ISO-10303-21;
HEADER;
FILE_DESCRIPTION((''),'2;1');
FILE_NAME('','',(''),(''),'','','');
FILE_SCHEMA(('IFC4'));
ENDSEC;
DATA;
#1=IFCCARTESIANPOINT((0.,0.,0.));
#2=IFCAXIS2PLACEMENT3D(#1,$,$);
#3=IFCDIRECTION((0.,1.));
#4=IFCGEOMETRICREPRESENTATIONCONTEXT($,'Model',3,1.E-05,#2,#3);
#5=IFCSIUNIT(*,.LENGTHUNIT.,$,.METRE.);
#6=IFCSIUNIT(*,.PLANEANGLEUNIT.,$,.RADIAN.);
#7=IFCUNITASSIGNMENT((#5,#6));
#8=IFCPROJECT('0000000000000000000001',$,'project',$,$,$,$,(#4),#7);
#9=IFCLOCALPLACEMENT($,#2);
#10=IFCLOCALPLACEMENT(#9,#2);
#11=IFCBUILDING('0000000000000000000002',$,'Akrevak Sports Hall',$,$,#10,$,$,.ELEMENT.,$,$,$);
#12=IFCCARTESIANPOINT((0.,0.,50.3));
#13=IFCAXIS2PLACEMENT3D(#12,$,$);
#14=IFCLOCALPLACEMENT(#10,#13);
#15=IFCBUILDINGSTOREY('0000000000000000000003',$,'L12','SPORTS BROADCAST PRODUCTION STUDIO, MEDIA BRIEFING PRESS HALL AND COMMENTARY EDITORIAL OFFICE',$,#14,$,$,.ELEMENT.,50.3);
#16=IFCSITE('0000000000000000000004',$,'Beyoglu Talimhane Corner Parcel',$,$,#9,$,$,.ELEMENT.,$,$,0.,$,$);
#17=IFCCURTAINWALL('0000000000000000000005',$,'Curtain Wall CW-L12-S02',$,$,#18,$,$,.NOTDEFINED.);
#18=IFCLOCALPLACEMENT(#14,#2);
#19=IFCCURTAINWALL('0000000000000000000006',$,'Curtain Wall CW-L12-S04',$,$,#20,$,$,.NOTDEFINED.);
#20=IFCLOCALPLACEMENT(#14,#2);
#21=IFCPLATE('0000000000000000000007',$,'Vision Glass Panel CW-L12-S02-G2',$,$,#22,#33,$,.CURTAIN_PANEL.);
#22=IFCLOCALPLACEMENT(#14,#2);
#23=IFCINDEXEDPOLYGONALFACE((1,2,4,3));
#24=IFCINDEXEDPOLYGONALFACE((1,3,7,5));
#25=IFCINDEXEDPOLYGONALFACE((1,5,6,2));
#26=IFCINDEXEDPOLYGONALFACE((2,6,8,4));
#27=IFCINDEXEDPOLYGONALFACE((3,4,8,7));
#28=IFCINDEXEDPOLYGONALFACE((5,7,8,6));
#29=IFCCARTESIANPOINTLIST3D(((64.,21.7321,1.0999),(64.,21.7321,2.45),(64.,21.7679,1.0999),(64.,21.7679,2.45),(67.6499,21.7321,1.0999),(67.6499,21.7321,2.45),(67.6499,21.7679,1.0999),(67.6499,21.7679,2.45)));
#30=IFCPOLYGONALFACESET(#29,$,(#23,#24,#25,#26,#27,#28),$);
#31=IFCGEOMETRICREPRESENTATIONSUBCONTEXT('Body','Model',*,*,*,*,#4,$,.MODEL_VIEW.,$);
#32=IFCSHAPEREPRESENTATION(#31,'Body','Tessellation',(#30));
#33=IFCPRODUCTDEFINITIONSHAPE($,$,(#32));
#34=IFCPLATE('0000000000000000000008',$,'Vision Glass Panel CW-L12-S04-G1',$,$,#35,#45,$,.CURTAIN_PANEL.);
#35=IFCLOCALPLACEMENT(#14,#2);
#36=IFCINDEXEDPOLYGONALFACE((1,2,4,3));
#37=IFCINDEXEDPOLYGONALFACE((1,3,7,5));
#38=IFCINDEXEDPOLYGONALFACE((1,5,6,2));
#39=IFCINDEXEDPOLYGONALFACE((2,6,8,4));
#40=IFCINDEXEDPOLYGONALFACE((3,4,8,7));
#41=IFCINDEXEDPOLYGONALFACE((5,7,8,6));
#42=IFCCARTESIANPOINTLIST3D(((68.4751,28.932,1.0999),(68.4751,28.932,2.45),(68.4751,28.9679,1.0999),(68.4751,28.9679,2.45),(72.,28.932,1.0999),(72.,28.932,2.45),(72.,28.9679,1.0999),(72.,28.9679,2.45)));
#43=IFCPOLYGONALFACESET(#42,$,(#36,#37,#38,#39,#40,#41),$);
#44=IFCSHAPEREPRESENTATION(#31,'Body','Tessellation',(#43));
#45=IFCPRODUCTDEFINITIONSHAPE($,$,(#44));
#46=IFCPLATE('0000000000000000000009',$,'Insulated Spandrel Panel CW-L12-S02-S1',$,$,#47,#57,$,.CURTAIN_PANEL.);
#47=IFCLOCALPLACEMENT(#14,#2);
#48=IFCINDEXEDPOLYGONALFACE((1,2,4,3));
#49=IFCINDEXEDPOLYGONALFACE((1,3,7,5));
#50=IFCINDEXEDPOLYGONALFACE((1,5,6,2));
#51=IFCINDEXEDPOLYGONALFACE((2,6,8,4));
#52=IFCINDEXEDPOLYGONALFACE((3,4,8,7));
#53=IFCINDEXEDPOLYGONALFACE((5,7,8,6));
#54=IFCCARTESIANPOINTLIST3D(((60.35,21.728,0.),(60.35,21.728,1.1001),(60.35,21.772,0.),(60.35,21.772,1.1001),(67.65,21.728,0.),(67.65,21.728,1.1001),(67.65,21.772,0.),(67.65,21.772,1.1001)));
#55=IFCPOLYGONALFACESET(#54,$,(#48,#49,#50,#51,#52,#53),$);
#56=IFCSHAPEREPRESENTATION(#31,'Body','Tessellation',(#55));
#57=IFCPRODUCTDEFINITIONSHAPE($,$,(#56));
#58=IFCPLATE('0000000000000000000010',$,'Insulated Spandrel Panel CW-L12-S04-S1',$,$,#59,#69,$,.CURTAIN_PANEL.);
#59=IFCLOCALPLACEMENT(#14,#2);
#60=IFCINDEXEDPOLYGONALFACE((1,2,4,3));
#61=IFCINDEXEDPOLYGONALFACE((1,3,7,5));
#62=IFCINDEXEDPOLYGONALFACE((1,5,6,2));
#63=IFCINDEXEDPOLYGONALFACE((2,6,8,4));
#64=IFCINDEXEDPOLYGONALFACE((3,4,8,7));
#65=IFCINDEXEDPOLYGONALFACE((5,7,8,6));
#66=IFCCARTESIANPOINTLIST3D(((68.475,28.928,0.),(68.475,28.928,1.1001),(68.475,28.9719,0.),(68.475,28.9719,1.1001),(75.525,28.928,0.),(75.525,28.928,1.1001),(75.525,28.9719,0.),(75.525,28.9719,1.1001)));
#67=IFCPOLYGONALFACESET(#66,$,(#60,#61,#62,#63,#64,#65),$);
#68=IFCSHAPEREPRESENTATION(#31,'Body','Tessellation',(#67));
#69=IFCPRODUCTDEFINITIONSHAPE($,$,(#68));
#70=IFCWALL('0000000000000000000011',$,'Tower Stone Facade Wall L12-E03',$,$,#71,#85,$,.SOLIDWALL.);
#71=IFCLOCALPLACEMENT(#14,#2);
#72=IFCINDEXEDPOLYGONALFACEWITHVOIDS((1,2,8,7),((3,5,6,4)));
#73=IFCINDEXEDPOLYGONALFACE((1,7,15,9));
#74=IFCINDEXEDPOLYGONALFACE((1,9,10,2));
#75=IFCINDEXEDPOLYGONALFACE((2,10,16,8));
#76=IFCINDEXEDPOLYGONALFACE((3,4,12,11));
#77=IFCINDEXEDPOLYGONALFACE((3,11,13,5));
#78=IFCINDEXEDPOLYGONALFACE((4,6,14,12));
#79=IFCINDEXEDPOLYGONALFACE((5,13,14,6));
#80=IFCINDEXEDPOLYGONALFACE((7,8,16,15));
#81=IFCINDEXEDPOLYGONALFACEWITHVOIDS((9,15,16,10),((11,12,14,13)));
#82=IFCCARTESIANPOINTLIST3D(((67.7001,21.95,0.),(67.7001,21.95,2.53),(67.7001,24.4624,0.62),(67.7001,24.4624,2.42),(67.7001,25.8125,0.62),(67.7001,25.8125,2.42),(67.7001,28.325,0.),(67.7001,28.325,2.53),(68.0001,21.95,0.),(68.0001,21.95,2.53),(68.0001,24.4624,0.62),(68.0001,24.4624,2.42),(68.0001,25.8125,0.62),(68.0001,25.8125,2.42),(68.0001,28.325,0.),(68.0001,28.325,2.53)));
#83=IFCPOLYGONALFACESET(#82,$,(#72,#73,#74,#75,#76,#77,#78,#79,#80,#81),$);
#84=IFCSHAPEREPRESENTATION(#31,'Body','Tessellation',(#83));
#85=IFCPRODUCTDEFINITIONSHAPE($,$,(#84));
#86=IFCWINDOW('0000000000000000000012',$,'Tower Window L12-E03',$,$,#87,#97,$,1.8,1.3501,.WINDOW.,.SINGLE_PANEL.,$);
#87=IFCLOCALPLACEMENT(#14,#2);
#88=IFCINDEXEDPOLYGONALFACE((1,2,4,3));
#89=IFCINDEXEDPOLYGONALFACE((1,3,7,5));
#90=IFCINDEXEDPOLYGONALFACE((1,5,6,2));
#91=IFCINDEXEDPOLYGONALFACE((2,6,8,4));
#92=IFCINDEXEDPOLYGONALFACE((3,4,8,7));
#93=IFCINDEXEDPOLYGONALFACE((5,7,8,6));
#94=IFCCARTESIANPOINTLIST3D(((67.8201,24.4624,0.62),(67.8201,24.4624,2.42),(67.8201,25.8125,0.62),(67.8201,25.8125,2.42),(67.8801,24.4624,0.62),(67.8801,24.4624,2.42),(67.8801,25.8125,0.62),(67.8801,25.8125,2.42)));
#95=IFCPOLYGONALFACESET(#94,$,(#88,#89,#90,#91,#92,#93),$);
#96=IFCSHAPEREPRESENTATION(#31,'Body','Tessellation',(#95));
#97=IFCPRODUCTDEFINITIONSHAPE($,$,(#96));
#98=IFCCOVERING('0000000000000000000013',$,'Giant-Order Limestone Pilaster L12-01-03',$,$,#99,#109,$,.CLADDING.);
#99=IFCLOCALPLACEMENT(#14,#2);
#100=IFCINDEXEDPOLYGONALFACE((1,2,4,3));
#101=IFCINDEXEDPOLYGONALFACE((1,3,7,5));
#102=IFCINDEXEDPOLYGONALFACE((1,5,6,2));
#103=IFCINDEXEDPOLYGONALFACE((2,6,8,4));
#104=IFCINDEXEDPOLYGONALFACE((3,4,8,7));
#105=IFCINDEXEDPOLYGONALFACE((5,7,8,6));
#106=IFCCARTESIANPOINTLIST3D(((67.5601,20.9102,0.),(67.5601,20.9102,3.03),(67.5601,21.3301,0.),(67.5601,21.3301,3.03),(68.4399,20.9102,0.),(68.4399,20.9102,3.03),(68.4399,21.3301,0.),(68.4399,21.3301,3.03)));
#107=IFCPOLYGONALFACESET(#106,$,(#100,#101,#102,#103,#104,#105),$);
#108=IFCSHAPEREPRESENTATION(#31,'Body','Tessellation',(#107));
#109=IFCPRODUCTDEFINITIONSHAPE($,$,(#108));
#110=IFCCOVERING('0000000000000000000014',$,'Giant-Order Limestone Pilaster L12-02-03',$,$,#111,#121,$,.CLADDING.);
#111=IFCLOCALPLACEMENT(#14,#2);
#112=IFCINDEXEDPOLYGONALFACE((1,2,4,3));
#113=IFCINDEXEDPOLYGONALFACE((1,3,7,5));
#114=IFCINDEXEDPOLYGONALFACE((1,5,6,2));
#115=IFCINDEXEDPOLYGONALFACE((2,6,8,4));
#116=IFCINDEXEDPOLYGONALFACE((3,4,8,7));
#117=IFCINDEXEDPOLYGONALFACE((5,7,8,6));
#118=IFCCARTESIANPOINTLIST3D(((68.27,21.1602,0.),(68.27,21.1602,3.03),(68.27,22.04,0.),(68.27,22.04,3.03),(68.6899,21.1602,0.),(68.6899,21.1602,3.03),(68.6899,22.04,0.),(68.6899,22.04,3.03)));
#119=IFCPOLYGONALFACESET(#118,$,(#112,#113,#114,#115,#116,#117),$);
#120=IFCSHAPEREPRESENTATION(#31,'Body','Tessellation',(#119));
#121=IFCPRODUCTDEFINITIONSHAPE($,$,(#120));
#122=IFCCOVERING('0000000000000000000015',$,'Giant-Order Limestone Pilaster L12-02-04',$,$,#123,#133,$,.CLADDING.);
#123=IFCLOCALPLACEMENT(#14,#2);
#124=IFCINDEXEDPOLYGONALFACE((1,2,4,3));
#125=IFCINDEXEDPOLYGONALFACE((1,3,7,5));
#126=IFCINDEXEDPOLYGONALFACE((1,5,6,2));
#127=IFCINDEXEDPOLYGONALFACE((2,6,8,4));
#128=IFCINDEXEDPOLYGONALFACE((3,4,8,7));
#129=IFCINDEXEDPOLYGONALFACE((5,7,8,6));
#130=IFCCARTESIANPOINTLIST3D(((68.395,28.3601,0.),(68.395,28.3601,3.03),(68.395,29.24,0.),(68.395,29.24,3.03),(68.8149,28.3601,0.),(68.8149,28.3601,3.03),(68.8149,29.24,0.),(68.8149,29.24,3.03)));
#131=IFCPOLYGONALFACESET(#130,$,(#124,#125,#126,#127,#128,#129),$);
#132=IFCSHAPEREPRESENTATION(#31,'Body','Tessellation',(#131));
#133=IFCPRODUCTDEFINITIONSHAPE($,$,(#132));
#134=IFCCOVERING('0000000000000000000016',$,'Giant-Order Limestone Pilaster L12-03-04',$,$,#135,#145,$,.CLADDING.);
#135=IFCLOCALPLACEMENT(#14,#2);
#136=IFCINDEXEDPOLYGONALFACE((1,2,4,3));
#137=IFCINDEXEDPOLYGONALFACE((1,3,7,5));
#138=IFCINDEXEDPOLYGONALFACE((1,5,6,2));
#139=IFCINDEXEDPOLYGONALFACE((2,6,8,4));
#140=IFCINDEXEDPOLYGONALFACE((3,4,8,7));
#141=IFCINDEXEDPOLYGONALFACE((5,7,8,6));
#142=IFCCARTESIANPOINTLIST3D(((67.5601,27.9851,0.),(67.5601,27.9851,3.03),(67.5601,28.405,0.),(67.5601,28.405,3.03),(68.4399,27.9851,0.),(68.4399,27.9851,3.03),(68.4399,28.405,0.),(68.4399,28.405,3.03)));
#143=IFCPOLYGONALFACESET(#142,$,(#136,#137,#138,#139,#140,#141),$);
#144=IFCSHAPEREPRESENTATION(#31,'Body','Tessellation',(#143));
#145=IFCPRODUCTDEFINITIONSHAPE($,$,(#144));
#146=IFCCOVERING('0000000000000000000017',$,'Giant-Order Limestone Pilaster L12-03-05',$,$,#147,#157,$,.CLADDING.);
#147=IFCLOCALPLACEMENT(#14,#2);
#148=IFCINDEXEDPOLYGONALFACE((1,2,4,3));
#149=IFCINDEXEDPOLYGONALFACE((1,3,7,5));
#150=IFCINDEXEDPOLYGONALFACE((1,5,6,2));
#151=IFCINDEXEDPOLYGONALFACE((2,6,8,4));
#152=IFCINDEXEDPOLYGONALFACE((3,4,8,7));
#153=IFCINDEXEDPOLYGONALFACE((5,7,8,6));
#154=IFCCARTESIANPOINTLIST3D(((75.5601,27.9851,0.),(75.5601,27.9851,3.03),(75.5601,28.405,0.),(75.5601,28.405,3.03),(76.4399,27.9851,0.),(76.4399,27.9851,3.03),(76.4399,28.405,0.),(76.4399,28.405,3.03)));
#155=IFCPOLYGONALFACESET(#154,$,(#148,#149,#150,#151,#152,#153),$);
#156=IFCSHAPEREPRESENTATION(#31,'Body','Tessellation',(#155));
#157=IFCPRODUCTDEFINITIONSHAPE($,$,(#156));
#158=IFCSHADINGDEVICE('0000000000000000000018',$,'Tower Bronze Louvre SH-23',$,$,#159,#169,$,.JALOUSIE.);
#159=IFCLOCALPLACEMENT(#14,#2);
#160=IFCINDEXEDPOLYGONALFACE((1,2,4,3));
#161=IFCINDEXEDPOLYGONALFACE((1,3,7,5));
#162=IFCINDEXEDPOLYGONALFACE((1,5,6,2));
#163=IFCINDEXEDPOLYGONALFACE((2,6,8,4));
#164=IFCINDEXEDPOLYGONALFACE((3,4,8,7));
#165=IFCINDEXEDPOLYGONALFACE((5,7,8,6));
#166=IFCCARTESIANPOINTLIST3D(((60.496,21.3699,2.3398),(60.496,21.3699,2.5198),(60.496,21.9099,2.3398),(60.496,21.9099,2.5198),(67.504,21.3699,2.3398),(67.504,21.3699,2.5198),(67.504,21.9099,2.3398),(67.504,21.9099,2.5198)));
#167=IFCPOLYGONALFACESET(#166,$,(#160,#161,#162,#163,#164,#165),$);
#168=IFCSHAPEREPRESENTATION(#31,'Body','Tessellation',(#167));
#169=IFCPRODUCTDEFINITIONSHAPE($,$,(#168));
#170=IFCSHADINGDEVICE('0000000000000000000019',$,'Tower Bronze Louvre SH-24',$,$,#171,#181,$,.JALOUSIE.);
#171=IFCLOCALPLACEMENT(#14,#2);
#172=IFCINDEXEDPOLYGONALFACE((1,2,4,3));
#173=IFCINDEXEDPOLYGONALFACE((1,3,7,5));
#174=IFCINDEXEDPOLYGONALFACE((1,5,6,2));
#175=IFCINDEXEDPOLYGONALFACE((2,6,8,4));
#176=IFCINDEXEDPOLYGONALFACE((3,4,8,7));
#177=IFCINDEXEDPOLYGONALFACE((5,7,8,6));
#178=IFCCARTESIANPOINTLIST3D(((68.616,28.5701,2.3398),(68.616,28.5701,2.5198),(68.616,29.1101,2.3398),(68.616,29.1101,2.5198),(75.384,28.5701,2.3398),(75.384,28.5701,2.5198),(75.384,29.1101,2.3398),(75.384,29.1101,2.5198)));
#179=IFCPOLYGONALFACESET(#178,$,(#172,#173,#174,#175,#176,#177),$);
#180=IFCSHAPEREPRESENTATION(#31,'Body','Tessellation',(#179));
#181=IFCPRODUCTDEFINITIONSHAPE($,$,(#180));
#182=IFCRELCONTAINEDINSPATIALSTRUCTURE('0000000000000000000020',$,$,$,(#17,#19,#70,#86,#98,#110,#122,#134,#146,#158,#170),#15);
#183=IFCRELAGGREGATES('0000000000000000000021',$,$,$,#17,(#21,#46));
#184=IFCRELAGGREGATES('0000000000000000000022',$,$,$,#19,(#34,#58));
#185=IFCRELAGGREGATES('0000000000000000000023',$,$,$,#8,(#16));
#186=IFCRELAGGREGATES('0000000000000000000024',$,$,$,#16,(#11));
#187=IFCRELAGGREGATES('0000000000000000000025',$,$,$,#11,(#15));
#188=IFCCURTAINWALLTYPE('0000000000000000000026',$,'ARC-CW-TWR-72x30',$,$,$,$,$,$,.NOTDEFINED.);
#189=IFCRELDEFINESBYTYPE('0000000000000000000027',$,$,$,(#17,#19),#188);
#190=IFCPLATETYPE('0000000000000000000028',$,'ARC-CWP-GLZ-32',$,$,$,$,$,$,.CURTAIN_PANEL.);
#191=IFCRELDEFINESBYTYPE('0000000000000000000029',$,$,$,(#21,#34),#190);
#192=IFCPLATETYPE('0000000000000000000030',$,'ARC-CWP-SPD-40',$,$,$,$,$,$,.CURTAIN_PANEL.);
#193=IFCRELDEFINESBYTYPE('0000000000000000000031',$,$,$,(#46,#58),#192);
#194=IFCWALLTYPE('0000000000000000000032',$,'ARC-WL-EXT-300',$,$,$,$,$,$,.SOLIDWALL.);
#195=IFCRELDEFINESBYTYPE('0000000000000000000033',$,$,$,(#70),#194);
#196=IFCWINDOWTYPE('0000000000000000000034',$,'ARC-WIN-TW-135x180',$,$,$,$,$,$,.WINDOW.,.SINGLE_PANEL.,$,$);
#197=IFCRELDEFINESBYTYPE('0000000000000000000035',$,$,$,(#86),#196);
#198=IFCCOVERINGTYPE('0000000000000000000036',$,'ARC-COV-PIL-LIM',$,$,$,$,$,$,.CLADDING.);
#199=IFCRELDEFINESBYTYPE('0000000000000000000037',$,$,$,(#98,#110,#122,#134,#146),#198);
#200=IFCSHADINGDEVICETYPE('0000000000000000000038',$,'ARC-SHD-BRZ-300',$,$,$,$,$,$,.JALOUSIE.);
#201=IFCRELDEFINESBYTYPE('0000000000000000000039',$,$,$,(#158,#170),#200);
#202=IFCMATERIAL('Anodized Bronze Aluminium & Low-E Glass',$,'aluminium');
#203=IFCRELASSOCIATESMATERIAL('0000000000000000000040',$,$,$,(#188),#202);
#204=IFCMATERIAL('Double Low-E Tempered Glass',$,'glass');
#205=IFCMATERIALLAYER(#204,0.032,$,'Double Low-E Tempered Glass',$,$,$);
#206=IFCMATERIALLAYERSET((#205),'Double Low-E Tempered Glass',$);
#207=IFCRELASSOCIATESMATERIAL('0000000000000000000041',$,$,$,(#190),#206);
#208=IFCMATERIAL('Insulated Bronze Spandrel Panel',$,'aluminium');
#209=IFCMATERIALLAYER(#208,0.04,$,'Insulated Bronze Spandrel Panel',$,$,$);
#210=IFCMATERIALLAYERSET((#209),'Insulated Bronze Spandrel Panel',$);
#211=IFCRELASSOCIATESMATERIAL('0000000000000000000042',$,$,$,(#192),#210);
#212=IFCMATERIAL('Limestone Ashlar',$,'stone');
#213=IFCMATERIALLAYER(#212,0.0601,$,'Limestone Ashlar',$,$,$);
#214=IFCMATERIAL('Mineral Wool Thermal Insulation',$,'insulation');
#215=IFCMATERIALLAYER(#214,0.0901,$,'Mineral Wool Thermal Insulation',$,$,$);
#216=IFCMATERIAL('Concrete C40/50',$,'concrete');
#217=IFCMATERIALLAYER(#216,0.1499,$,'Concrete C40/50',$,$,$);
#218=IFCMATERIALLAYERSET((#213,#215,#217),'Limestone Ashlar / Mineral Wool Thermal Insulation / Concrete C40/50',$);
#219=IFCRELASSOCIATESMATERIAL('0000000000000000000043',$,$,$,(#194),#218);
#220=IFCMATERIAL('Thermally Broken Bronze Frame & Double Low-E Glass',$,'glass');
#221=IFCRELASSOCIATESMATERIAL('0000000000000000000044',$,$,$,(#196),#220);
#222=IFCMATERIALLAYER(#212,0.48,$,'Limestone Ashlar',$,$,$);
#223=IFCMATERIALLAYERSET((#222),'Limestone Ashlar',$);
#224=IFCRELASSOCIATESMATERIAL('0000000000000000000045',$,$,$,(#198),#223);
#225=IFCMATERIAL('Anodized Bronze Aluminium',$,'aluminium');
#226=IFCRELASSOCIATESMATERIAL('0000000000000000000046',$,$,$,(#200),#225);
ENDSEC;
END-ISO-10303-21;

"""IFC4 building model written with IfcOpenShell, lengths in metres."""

from ifc_helpers import new_model, si_unit, direction, frame, frame_2d, origin, origin_2d, place, context, subcontext, project, spatial, rectangle, extrude, material, layer, layer_set, type_object, element, fill, aggregate, save


model = new_model("IFC4")

# Units and contexts
model_context = context("Model", 3, precision=1e-05, world=origin(), true_north=direction((0.0, 1.0)))
body_context = subcontext(model_context, "Body", "Model", "MODEL_VIEW")
ifc_project = project(units=[si_unit("LENGTHUNIT", "METRE"), si_unit("PLANEANGLEUNIT", "RADIAN")], contexts=[model_context])

# Site, building, storey
site_placement = place(None, origin())
site = spatial("IfcSite", under=ifc_project, at=site_placement, Name="Beyoglu Talimhane Corner Parcel", CompositionType="ELEMENT", RefElevation=0.0)
building_placement = place(site_placement, origin())
building = spatial("IfcBuilding", under=site, at=building_placement, Name="Akrevak Sports Hall", CompositionType="ELEMENT")
storey_placement = place(building_placement, frame((0.0, 0.0, 50.3)))
storey = spatial("IfcBuildingStorey", under=building, at=storey_placement, Name="L12", Description="SPORTS BROADCAST PRODUCTION STUDIO, MEDIA BRIEFING PRESS HALL AND COMMENTARY EDITORIAL OFFICE", CompositionType="ELEMENT", Elevation=50.3)

# Shared definitions
ifc_material_1 = material(Name="Concrete C40/50", Category="concrete")

# Curtain walls
ifc_material_2 = material(Name="Anodized Bronze Aluminium & Low-E Glass", Category="aluminium")
curtain_wall_type = type_object("IfcCurtainWallType", Name="ARC-CW-TWR-72x30", PredefinedType="NOTDEFINED", material=ifc_material_2)
curtain_wall_1_placement = place(storey_placement, origin())
curtain_wall_1 = element("IfcCurtainWall", 1, at=curtain_wall_1_placement, inside=storey, type_object=curtain_wall_type, Name="Curtain Wall CW-L12-S02", PredefinedType="NOTDEFINED")
ifc_material_3 = material(Name="Anodized Bronze Aluminium", Category="aluminium")
curtain_wall_2_placement = place(storey_placement, origin())
curtain_wall_2 = element("IfcCurtainWall", 2, at=curtain_wall_2_placement, inside=storey, type_object=curtain_wall_type, Name="Curtain Wall CW-L12-S04", PredefinedType="NOTDEFINED")

# Plates
ifc_material_4 = material(Name="Double Low-E Tempered Glass", Category="glass")
ifc_layer_1 = layer(ifc_material_4, 0.032, Name="Double Low-E Tempered Glass")
ifc_layer_set_1 = layer_set([ifc_layer_1], Name="Double Low-E Tempered Glass")
plate_type_1 = type_object("IfcPlateType", Name="ARC-CWP-GLZ-32", PredefinedType="CURTAIN_PANEL", material=ifc_layer_set_1)
plate_1_placement = place(storey_placement, frame((65.825, 21.75, 1.0999), z_axis=(0.0, 0.0, 1.0), x_axis=(1.0, 0.0, 0.0)))
plate_1 = element("IfcPlate", 3, at=plate_1_placement, type_object=plate_type_1, Name="Vision Glass Panel CW-L12-S02-G2", PredefinedType="CURTAIN_PANEL", context=body_context, shape_type="SweptSolid", body=[
    extrude(rectangle(XDim=3.6499, YDim=0.0359, at=origin_2d()), origin(), (0.0, 0.0, 1.0), 1.3501),
])
plate_2_placement = place(storey_placement, frame((70.2375, 28.95, 1.0999), z_axis=(0.0, 0.0, 1.0), x_axis=(1.0, 0.0, 0.0)))
plate_2 = element("IfcPlate", 4, at=plate_2_placement, type_object=plate_type_1, Name="Vision Glass Panel CW-L12-S04-G1", PredefinedType="CURTAIN_PANEL", context=body_context, shape_type="SweptSolid", body=[
    extrude(rectangle(XDim=3.5249, YDim=0.0359, at=origin_2d()), origin(), (0.0, 0.0, 1.0), 1.3501),
])
ifc_material_5 = material(Name="Insulated Bronze Spandrel Panel", Category="aluminium")
ifc_layer_2 = layer(ifc_material_5, 0.04, Name="Insulated Bronze Spandrel Panel")
ifc_layer_set_2 = layer_set([ifc_layer_2], Name="Insulated Bronze Spandrel Panel")
plate_type_2 = type_object("IfcPlateType", Name="ARC-CWP-SPD-40", PredefinedType="CURTAIN_PANEL", material=ifc_layer_set_2)
plate_3_placement = place(storey_placement, frame((64.0, 21.75, 0.0), z_axis=(0.0, 0.0, 1.0), x_axis=(1.0, 0.0, 0.0)))
plate_3 = element("IfcPlate", 5, at=plate_3_placement, type_object=plate_type_2, Name="Insulated Spandrel Panel CW-L12-S02-S1", PredefinedType="CURTAIN_PANEL", context=body_context, shape_type="SweptSolid", body=[
    extrude(rectangle(XDim=7.3, YDim=0.0439, at=origin_2d()), origin(), (0.0, 0.0, 1.0), 1.1001),
])
aggregate(curtain_wall_1, [plate_1, plate_3])
plate_4_placement = place(storey_placement, frame((72.0, 28.95, 0.0), z_axis=(0.0, 0.0, 1.0), x_axis=(1.0, 0.0, 0.0)))
plate_4 = element("IfcPlate", 6, at=plate_4_placement, type_object=plate_type_2, Name="Insulated Spandrel Panel CW-L12-S04-S1", PredefinedType="CURTAIN_PANEL", context=body_context, shape_type="SweptSolid", body=[
    extrude(rectangle(XDim=7.05, YDim=0.0439, at=origin_2d()), origin(), (0.0, 0.0, 1.0), 1.1001),
])
aggregate(curtain_wall_2, [plate_2, plate_4])

# Wall, opening, window
ifc_material_6 = material(Name="Limestone Ashlar", Category="stone")
ifc_layer_3 = layer(ifc_material_6, 0.0601, Name="Limestone Ashlar")
ifc_material_7 = material(Name="Mineral Wool Thermal Insulation", Category="insulation")
ifc_layer_4 = layer(ifc_material_7, 0.0901, Name="Mineral Wool Thermal Insulation")
ifc_layer_5 = layer(ifc_material_1, 0.1499, Name="Concrete C40/50")
ifc_layer_set_3 = layer_set([ifc_layer_3, ifc_layer_4, ifc_layer_5], Name="Limestone Ashlar / Mineral Wool Thermal Insulation / Concrete C40/50")
wall_type = type_object("IfcWallType", Name="ARC-WL-EXT-300", PredefinedType="SOLIDWALL", material=ifc_layer_set_3)
wall_placement = place(storey_placement, frame((67.8501, 21.95, 0.0), z_axis=(0.0, 0.0, 1.0), x_axis=(0.0, 1.0, 0.0)))
wall = element("IfcWall", 7, at=wall_placement, inside=storey, type_object=wall_type, Name="Tower Stone Facade Wall L12-E03", PredefinedType="SOLIDWALL", context=body_context, shape_type="SweptSolid", body=[
    extrude(rectangle(XDim=6.375, YDim=0.3, at=frame_2d((3.1875, 0.0))), origin(), (0.0, 0.0, 1.0), 2.53),
])
opening_placement = place(wall_placement, frame((2.5125, 0.0, 0.6201)))
opening = element("IfcOpeningElement", 8, at=opening_placement, cuts=wall, PredefinedType="OPENING", context=body_context, shape_type="SweptSolid", body=[
    extrude(rectangle(XDim=1.3501, YDim=1.8, at=frame_2d((0.675, 0.8999))), frame((0.0, 0.1621, 0.0), z_axis=(0.0, -1.0, 0.0), x_axis=(1.0, 0.0, 0.0)), (0.0, 0.0, 1.0), 0.324),
])
ifc_material_8 = material(Name="Thermally Broken Bronze Frame & Double Low-E Glass", Category="glass")
window_type = type_object("IfcWindowType", Name="ARC-WIN-TW-135x180", PartitioningType="SINGLE_PANEL", PredefinedType="WINDOW", material=ifc_material_8)
window_placement = place(opening_placement, origin())
window = element("IfcWindow", 9, at=window_placement, inside=storey, type_object=window_type, Name="Tower Window L12-E03", OverallHeight=1.8, OverallWidth=1.3501, PartitioningType="SINGLE_PANEL", PredefinedType="WINDOW", context=body_context, shape_type="SweptSolid", body=[
    extrude(rectangle(XDim=1.3501, YDim=1.8, at=frame_2d((0.675, 0.8999))), frame((0.0, 0.03, 0.0), z_axis=(0.0, -1.0, 0.0), x_axis=(1.0, 0.0, 0.0)), (0.0, 0.0, 1.0), 0.0601),
])
fill(opening, window)

# Coverings
ifc_layer_6 = layer(ifc_material_6, 0.48, Name="Limestone Ashlar")
ifc_layer_set_4 = layer_set([ifc_layer_6], Name="Limestone Ashlar")
covering_type = type_object("IfcCoveringType", Name="ARC-COV-PIL-LIM", PredefinedType="CLADDING", material=ifc_layer_set_4)
for number, where, z_axis, x_axis, name in (
    (10, (68.0, 21.1201, 0.0), (0.0, 0.0, 1.0), (1.0, 0.0, 0.0), "Giant-Order Limestone Pilaster L12-01-03"),
    (11, (68.48, 21.6001, 0.0), (0.0, 0.0, 1.0), (0.0, 1.0, 0.0), "Giant-Order Limestone Pilaster L12-02-03"),
    (12, (68.605, 28.8, 0.0), (0.0, 0.0, 1.0), (0.0, 1.0, 0.0), "Giant-Order Limestone Pilaster L12-02-04"),
    (13, (68.0, 28.1951, 0.0), (0.0, 0.0, 1.0), (1.0, 0.0, 0.0), "Giant-Order Limestone Pilaster L12-03-04"),
    (14, (76.0, 28.1951, 0.0), (0.0, 0.0, 1.0), (1.0, 0.0, 0.0), "Giant-Order Limestone Pilaster L12-03-05"),
):
    element("IfcCovering", number, at=place(storey_placement, frame(where, z_axis=z_axis, x_axis=x_axis)), inside=storey, type_object=covering_type, Name=name, PredefinedType="CLADDING", context=body_context, shape_type="SweptSolid", body=[
        extrude(rectangle(XDim=0.8799, YDim=0.4199, at=origin_2d()), origin(), (0.0, 0.0, 1.0), 3.03),
    ])

# Shading devices
shading_device_type = type_object("IfcShadingDeviceType", Name="ARC-SHD-BRZ-300", PredefinedType="JALOUSIE", material=ifc_material_3)
shading_device_1_placement = place(storey_placement, frame((64.0, 21.6399, 2.3398), z_axis=(0.0, 0.0, 1.0), x_axis=(1.0, 0.0, 0.0)))
element("IfcShadingDevice", 15, at=shading_device_1_placement, inside=storey, type_object=shading_device_type, Name="Tower Bronze Louvre SH-23", PredefinedType="JALOUSIE", context=body_context, shape_type="SweptSolid", body=[
    extrude(rectangle(XDim=7.0081, YDim=0.54, at=origin_2d()), origin(), (0.0, 0.0, 1.0), 0.1799),
])
shading_device_2_placement = place(storey_placement, frame((72.0, 28.8401, 2.3398), z_axis=(0.0, 0.0, 1.0), x_axis=(1.0, 0.0, 0.0)))
element("IfcShadingDevice", 16, at=shading_device_2_placement, inside=storey, type_object=shading_device_type, Name="Tower Bronze Louvre SH-24", PredefinedType="JALOUSIE", context=body_context, shape_type="SweptSolid", body=[
    extrude(rectangle(XDim=6.7681, YDim=0.54, at=origin_2d()), origin(), (0.0, 0.0, 1.0), 0.1799),
])

save(model, "model.ifc")
